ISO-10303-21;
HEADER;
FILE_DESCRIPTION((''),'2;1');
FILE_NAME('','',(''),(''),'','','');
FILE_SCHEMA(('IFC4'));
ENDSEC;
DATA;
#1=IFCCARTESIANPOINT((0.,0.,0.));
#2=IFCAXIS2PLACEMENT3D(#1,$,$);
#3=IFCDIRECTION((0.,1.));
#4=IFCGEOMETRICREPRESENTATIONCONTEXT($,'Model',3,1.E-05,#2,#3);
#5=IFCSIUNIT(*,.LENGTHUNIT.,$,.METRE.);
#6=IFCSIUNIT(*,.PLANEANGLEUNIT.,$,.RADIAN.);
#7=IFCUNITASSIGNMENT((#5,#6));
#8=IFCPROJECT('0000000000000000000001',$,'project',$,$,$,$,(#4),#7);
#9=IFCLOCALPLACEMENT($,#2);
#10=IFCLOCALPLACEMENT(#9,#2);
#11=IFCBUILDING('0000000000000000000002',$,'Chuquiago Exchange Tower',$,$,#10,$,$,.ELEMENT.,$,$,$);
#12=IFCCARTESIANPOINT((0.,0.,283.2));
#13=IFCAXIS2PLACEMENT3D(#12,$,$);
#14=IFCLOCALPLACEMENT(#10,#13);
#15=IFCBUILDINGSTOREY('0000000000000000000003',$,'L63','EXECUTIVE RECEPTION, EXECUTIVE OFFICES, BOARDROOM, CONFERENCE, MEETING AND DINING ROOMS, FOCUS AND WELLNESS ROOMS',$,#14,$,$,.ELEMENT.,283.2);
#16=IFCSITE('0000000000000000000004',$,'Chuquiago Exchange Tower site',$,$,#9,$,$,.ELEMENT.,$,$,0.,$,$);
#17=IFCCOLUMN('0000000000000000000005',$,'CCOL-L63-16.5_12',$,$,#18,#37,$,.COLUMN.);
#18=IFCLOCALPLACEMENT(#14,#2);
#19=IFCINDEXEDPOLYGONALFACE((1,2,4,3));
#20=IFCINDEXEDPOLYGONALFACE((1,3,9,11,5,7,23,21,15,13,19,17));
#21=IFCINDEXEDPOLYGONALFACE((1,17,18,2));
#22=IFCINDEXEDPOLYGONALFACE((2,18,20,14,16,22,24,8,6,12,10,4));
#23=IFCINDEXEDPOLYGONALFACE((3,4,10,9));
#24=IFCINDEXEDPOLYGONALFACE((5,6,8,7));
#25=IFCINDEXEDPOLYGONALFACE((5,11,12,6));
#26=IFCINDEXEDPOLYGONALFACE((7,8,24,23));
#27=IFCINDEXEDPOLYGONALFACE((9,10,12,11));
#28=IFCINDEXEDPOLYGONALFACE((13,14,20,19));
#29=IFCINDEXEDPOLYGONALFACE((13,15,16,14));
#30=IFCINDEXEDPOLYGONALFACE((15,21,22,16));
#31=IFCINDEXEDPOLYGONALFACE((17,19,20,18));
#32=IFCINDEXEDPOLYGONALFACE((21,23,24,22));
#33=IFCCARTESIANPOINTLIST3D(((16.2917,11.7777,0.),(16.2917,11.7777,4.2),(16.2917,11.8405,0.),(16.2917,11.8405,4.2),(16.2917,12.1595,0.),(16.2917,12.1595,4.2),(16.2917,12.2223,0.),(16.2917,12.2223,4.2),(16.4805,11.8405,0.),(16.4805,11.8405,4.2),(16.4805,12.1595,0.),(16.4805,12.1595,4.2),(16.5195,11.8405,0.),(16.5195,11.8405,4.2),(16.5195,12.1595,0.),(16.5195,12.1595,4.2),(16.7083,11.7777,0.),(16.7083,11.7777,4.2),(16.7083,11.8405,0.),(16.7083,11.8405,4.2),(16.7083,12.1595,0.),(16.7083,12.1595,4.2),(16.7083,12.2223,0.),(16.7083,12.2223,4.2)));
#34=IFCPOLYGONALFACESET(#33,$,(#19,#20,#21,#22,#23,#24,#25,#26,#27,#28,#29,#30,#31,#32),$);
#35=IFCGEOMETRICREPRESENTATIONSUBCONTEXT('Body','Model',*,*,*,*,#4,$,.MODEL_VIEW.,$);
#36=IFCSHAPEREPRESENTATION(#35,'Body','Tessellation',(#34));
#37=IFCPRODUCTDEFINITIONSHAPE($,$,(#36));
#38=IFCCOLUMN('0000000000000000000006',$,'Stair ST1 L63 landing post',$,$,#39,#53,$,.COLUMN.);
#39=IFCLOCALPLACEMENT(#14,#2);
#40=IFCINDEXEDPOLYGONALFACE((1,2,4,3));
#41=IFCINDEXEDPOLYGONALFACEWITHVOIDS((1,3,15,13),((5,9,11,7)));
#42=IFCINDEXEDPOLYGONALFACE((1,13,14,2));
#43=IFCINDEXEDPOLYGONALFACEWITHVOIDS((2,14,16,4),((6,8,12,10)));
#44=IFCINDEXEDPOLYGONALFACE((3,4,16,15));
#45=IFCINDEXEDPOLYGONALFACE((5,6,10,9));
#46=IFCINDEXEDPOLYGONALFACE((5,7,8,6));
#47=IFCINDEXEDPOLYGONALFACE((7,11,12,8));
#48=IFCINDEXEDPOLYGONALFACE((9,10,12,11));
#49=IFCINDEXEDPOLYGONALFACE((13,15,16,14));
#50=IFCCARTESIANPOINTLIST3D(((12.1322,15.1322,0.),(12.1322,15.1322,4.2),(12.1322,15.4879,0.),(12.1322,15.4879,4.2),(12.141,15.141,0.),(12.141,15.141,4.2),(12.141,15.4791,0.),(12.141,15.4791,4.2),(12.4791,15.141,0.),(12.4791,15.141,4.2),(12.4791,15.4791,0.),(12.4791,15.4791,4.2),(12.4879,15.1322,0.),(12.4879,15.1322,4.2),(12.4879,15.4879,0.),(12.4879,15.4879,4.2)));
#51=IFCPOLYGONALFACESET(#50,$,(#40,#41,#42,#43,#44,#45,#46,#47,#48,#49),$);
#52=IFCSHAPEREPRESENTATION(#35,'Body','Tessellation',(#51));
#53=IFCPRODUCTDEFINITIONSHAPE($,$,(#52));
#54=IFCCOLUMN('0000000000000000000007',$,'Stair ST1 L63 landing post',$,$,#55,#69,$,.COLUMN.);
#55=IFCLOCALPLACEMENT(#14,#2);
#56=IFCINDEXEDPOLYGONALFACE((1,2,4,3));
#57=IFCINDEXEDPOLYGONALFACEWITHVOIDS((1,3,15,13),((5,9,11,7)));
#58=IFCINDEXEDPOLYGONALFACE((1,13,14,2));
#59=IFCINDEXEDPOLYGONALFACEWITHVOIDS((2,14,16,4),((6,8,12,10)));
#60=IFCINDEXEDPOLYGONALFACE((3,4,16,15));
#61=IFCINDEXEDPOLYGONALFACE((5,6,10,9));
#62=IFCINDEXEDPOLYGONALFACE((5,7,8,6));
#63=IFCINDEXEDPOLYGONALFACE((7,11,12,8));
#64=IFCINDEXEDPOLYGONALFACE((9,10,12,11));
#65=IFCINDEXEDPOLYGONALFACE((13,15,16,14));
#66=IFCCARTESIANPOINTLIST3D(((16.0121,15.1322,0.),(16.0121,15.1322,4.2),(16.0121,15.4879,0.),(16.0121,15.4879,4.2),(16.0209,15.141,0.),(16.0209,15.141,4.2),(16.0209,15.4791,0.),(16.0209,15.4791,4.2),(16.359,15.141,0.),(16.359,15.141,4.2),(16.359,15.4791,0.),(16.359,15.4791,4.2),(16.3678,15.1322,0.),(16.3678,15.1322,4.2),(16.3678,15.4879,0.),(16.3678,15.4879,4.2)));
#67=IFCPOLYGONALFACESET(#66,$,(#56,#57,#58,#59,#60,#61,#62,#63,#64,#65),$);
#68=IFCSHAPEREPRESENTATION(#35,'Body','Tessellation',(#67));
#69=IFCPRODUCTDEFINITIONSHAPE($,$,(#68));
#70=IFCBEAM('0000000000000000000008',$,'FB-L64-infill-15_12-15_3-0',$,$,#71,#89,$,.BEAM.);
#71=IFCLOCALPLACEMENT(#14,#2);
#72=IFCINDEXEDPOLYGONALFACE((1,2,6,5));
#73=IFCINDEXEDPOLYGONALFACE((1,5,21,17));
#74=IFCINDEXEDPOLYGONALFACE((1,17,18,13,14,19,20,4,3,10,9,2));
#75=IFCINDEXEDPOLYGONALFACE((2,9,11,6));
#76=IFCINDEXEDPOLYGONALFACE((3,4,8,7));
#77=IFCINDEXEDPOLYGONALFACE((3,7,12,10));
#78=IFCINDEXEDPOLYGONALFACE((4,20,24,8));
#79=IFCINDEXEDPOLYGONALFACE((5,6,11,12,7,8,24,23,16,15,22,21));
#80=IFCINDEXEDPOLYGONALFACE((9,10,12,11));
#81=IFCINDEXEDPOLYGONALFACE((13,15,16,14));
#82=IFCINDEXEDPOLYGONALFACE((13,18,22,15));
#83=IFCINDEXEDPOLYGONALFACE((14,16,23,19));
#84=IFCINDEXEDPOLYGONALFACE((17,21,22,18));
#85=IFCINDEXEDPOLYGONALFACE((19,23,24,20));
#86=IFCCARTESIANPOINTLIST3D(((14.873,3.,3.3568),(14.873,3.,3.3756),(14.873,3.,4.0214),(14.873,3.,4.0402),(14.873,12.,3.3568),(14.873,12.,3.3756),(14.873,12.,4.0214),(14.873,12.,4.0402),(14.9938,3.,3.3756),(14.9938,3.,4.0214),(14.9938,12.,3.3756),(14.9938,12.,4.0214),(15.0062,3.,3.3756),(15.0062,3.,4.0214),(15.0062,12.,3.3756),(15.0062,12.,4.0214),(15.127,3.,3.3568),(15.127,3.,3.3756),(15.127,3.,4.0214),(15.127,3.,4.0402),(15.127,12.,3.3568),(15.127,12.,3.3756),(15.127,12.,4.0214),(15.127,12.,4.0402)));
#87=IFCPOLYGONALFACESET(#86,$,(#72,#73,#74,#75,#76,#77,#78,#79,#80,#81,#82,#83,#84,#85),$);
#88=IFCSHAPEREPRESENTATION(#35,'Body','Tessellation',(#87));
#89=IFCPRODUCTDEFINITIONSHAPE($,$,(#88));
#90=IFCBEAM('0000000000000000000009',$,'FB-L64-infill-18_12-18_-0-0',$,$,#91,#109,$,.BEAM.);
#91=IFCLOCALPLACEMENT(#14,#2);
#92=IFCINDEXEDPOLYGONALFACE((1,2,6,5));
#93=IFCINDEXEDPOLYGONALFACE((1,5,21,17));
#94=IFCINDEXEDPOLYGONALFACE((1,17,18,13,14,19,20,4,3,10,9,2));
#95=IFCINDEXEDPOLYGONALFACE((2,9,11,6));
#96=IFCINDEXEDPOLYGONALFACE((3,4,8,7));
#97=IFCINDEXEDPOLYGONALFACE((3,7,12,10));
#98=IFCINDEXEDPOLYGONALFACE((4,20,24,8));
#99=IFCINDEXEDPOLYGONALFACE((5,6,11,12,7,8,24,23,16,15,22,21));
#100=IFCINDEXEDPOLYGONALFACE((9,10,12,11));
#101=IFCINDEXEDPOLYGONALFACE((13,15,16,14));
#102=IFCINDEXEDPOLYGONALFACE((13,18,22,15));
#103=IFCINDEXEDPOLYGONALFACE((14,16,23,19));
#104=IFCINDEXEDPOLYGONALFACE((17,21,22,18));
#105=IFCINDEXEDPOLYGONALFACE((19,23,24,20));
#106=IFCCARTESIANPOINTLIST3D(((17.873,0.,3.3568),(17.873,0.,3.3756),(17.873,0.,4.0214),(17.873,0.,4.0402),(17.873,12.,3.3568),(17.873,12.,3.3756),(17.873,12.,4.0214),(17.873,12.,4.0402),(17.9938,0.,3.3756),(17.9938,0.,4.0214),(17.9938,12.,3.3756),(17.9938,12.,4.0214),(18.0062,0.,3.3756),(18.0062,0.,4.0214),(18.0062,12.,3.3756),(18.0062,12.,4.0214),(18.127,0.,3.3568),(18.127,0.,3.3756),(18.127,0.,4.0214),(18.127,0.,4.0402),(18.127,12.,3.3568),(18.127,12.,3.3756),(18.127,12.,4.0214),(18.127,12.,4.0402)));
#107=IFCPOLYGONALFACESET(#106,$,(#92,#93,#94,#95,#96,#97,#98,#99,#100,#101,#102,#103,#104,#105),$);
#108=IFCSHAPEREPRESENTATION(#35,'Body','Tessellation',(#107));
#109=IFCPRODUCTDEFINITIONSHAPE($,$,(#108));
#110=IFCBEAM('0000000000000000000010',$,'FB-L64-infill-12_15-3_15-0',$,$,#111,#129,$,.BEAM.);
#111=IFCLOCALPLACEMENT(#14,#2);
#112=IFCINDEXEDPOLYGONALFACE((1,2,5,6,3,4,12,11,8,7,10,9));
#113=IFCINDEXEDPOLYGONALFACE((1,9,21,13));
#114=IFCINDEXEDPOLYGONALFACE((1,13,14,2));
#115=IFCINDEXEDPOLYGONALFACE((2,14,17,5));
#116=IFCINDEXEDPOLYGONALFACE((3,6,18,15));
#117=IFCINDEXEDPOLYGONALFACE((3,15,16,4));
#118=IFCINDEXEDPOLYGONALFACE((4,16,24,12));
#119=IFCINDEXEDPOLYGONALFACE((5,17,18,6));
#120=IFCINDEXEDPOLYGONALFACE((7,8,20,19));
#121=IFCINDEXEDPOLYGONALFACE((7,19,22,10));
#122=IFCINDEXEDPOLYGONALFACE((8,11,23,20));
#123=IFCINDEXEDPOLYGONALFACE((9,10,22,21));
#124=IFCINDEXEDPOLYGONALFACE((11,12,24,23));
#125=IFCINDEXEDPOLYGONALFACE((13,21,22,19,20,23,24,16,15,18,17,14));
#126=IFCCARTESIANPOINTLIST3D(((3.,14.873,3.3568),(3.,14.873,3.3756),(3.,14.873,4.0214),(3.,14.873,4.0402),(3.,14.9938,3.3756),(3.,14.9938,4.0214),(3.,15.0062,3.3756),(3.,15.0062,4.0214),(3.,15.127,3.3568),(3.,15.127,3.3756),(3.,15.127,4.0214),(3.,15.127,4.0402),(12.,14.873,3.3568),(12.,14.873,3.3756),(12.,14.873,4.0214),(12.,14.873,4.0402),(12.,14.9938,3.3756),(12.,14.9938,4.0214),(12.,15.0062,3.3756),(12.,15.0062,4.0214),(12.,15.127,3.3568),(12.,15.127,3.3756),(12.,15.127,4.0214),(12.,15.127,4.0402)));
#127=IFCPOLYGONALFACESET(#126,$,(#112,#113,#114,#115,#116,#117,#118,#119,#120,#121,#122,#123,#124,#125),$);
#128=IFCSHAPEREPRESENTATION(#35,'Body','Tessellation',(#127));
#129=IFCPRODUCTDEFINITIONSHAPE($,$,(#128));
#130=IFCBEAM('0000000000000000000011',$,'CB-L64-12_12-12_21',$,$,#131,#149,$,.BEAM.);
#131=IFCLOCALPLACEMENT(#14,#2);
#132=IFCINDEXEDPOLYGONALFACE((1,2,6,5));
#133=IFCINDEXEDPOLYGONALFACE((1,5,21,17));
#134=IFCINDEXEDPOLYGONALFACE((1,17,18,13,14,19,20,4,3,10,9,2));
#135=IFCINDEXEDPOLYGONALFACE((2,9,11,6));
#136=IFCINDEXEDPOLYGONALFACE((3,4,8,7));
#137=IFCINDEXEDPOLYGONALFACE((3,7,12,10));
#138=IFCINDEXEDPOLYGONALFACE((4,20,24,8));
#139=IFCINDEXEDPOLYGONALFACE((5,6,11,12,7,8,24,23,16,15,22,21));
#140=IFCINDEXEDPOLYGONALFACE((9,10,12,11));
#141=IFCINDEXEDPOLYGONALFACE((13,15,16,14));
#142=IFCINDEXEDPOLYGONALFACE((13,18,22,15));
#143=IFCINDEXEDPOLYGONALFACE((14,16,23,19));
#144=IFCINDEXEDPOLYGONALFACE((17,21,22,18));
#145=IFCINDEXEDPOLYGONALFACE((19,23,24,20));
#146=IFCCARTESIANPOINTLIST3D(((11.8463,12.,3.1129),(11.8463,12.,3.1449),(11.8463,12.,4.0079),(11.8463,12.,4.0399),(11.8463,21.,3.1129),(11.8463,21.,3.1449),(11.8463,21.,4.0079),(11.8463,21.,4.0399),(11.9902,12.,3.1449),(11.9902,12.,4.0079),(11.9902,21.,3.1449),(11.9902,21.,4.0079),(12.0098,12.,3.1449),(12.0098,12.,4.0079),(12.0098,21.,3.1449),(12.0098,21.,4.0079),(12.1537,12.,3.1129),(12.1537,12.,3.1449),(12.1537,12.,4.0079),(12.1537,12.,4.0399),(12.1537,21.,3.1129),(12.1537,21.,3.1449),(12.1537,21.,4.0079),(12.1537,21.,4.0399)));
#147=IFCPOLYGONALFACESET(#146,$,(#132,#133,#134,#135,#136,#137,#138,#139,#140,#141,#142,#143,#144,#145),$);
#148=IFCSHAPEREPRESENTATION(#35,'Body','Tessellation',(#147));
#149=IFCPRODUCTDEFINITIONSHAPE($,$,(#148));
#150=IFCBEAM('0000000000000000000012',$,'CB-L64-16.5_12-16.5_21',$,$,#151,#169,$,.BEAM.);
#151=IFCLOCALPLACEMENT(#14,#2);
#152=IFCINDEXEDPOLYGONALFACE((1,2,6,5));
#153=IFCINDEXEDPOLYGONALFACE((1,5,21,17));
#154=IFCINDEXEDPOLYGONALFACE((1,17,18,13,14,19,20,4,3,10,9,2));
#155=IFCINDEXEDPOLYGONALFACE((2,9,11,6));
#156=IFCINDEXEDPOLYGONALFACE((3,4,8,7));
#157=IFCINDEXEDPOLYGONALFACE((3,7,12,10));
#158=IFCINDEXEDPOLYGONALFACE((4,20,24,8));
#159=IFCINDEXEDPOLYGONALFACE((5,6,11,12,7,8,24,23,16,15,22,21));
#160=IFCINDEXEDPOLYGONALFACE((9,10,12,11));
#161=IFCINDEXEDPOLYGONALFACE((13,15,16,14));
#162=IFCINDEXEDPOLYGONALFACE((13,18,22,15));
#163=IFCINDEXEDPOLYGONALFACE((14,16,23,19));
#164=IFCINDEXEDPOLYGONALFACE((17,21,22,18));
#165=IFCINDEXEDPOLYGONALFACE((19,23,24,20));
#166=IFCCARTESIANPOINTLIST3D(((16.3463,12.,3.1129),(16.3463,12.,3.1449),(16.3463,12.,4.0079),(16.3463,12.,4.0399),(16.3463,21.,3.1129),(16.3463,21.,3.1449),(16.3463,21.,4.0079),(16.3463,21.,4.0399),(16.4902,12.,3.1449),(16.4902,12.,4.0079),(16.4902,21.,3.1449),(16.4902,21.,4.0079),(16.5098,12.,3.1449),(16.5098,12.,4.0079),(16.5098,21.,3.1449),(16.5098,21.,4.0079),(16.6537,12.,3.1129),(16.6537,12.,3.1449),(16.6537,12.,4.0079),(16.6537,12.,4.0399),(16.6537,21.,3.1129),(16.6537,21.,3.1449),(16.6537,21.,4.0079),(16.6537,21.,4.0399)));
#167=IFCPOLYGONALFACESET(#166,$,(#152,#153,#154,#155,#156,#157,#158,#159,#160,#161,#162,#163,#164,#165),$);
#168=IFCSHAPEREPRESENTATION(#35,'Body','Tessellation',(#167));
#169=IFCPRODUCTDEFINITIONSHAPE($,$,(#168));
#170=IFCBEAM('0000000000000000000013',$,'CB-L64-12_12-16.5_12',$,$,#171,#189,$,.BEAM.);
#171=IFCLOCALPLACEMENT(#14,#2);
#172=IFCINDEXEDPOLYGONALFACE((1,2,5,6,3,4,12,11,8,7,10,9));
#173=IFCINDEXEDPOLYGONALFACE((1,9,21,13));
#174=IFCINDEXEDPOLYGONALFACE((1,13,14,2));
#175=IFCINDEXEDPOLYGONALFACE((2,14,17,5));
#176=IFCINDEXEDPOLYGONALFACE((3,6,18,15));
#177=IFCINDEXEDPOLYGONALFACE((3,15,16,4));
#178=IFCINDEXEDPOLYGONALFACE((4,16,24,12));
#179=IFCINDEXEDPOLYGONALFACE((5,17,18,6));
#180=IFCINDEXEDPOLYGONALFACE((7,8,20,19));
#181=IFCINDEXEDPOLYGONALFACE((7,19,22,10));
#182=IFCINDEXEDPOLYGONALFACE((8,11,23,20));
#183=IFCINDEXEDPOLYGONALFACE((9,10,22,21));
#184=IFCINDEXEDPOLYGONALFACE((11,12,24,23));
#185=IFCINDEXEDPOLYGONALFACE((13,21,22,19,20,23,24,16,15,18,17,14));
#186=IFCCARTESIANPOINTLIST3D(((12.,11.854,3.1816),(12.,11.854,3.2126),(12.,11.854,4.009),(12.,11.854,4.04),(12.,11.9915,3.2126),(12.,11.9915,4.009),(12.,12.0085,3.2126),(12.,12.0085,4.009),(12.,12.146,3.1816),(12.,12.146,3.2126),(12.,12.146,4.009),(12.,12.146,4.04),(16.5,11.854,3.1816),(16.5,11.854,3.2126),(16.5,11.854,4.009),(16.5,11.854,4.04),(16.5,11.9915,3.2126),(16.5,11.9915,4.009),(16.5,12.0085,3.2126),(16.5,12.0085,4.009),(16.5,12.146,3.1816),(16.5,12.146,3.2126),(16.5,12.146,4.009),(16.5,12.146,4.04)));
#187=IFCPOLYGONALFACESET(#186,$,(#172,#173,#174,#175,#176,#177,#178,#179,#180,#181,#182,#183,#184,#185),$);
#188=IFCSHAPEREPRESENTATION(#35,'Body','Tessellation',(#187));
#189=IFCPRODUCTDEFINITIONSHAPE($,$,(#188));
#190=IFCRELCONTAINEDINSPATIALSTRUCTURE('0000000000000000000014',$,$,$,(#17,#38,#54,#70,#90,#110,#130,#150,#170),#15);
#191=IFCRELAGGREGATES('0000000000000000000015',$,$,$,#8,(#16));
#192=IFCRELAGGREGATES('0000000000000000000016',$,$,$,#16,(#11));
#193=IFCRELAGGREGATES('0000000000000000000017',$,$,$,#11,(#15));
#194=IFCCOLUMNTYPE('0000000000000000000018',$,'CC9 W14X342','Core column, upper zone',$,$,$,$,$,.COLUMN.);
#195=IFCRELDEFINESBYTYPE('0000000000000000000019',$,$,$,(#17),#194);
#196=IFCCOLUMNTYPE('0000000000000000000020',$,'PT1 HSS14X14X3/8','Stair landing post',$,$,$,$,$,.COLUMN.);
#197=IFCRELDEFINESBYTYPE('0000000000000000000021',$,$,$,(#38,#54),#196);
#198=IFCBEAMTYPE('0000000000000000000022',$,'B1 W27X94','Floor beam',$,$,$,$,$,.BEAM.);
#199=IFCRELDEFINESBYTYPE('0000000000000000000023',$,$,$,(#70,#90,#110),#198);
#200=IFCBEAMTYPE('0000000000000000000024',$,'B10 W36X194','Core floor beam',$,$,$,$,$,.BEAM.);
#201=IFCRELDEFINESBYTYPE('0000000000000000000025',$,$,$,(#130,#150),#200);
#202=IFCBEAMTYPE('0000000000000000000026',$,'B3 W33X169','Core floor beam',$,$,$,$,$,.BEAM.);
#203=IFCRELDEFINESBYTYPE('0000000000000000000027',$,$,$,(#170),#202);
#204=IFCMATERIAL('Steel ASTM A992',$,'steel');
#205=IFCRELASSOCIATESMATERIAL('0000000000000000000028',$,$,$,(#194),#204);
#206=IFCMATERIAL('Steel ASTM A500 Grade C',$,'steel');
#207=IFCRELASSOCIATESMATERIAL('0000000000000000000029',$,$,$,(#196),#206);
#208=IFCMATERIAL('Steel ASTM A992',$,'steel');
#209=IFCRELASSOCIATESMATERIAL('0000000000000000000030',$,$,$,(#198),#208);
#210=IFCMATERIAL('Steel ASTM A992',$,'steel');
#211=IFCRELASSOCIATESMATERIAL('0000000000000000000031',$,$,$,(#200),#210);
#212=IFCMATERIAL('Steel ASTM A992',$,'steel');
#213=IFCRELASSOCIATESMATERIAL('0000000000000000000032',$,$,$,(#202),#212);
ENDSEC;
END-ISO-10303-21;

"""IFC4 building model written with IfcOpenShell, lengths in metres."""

from ifc_helpers import new_model, si_unit, direction, frame, origin, origin_2d, place, context, subcontext, project, spatial, hollow_rectangle, i_section, extrude, material, material_profile, profile_set, type_object, element, save


model = new_model("IFC4")

# Units and contexts
model_context = context("Model", 3, precision=1e-05, world=origin(), true_north=direction((0.0, 1.0)))
body_context = subcontext(model_context, "Body", "Model", "MODEL_VIEW")
ifc_project = project(units=[si_unit("LENGTHUNIT", "METRE"), si_unit("PLANEANGLEUNIT", "RADIAN")], contexts=[model_context])

# Site, building, storey
site_placement = place(None, origin())
site = spatial("IfcSite", under=ifc_project, at=site_placement, Name="Chuquiago Exchange Tower site", CompositionType="ELEMENT", RefElevation=0.0)
building_placement = place(site_placement, origin())
building = spatial("IfcBuilding", under=site, at=building_placement, Name="Chuquiago Exchange Tower", CompositionType="ELEMENT")
storey_placement = place(building_placement, frame((0.0, 0.0, 283.2)))
storey = spatial("IfcBuildingStorey", under=building, at=storey_placement, Name="L63", Description="EXECUTIVE RECEPTION, EXECUTIVE OFFICES, BOARDROOM, CONFERENCE, MEETING AND DINING ROOMS, FOCUS AND WELLNESS ROOMS", CompositionType="ELEMENT", Elevation=283.2)

# Columns
ifc_material_1 = material(Name="Steel ASTM A992", Category="steel")
ifc_material_profile_1 = material_profile(ifc_material_1, i_section(OverallWidth=0.4165, OverallDepth=0.4446, WebThickness=0.0391, FlangeThickness=0.0627, at=origin_2d()), Name="W14X342")
ifc_profile_set_1 = profile_set([ifc_material_profile_1], Name="Steel ASTM A992")
column_type_1 = type_object("IfcColumnType", Name="CC9 W14X342", Description="Core column, upper zone", PredefinedType="COLUMN", material=ifc_profile_set_1)
column_placement = place(storey_placement, frame((16.5, 12.0, 0.0), z_axis=(0.0, 0.0, 1.0), x_axis=(1.0, 0.0, 0.0)))
element("IfcColumn", 1, at=column_placement, inside=storey, type_object=column_type_1, Name="CCOL-L63-16.5_12", PredefinedType="COLUMN", context=body_context, shape_type="SweptSolid", body=[
    extrude(i_section(OverallWidth=0.4165, OverallDepth=0.4446, WebThickness=0.0391, FlangeThickness=0.0627, at=origin_2d()), origin(), (0.0, 0.0, 1.0), 4.2),
])
ifc_material_2 = material(Name="Steel ASTM A500 Grade C", Category="steel")
ifc_material_profile_2 = material_profile(ifc_material_2, hollow_rectangle(XDim=0.3557, YDim=0.3557, WallThickness=0.0088, at=origin_2d()), Name="HSS14X14X3/8")
ifc_profile_set_2 = profile_set([ifc_material_profile_2], Name="Steel ASTM A500 Grade C")
column_type_2 = type_object("IfcColumnType", Name="PT1 HSS14X14X3/8", Description="Stair landing post", PredefinedType="COLUMN", material=ifc_profile_set_2)
for number, where, z_axis, x_axis, name in (
    (2, (12.3101, 15.3101, 0.0), (0.0, 0.0, 1.0), (1.0, 0.0, 0.0), "Stair ST1 L63 landing post"),
    (3, (16.1899, 15.3101, 0.0), (0.0, 0.0, 1.0), (1.0, 0.0, 0.0), "Stair ST1 L63 landing post"),
):
    element("IfcColumn", number, at=place(storey_placement, frame(where, z_axis=z_axis, x_axis=x_axis)), inside=storey, type_object=column_type_2, Name=name, PredefinedType="COLUMN", context=body_context, shape_type="SweptSolid", body=[
        extrude(hollow_rectangle(XDim=0.3557, YDim=0.3557, WallThickness=0.0088, at=origin_2d()), origin(), (0.0, 0.0, 1.0), 4.2),
    ])

# Beams
ifc_material_3 = material(Name="Steel ASTM A992", Category="steel")
ifc_material_profile_3 = material_profile(ifc_material_3, i_section(OverallWidth=0.2539, OverallDepth=0.6833, WebThickness=0.0125, FlangeThickness=0.0188, at=origin_2d()), Name="W27X94")
ifc_profile_set_3 = profile_set([ifc_material_profile_3], Name="Steel ASTM A992")
beam_type_1 = type_object("IfcBeamType", Name="B1 W27X94", Description="Floor beam", PredefinedType="BEAM", material=ifc_profile_set_3)
beam_1_placement = place(storey_placement, frame((15.0, 12.0, 3.6985), z_axis=(0.0, -1.0, 0.0), x_axis=(1.0, 0.0, 0.0)))
element("IfcBeam", 4, at=beam_1_placement, inside=storey, type_object=beam_type_1, Name="FB-L64-infill-15_12-15_3-0", PredefinedType="BEAM", context=body_context, shape_type="SweptSolid", body=[
    extrude(i_section(OverallWidth=0.2539, OverallDepth=0.6833, WebThickness=0.0125, FlangeThickness=0.0188, at=origin_2d()), origin(), (0.0, 0.0, 1.0), 9.0),
])
beam_2_placement = place(storey_placement, frame((18.0, 12.0, 3.6985), z_axis=(0.0, -1.0, 0.0), x_axis=(1.0, 0.0, 0.0)))
element("IfcBeam", 5, at=beam_2_placement, inside=storey, type_object=beam_type_1, Name="FB-L64-infill-18_12-18_-0-0", PredefinedType="BEAM", context=body_context, shape_type="SweptSolid", body=[
    extrude(i_section(OverallWidth=0.2539, OverallDepth=0.6833, WebThickness=0.0125, FlangeThickness=0.0188, at=origin_2d()), origin(), (0.0, 0.0, 1.0), 12.0),
])
beam_3_placement = place(storey_placement, frame((12.0, 15.0, 3.6985), z_axis=(-1.0, 0.0, 0.0), x_axis=(0.0, -1.0, 0.0)))
element("IfcBeam", 6, at=beam_3_placement, inside=storey, type_object=beam_type_1, Name="FB-L64-infill-12_15-3_15-0", PredefinedType="BEAM", context=body_context, shape_type="SweptSolid", body=[
    extrude(i_section(OverallWidth=0.2539, OverallDepth=0.6833, WebThickness=0.0125, FlangeThickness=0.0188, at=origin_2d()), origin(), (0.0, 0.0, 1.0), 9.0),
])
ifc_material_4 = material(Name="Steel ASTM A992", Category="steel")
ifc_material_profile_4 = material_profile(ifc_material_4, i_section(OverallWidth=0.3074, OverallDepth=0.927, WebThickness=0.0195, FlangeThickness=0.032, at=origin_2d()), Name="W36X194")
ifc_profile_set_4 = profile_set([ifc_material_profile_4], Name="Steel ASTM A992")
beam_type_2 = type_object("IfcBeamType", Name="B10 W36X194", Description="Core floor beam", PredefinedType="BEAM", material=ifc_profile_set_4)
for number, where, z_axis, x_axis, name in (
    (7, (12.0, 12.0, 3.5764), (0.0, 1.0, 0.0), (-1.0, 0.0, 0.0), "CB-L64-12_12-12_21"),
    (8, (16.5, 12.0, 3.5764), (0.0, 1.0, 0.0), (-1.0, 0.0, 0.0), "CB-L64-16.5_12-16.5_21"),
):
    element("IfcBeam", number, at=place(storey_placement, frame(where, z_axis=z_axis, x_axis=x_axis)), inside=storey, type_object=beam_type_2, Name=name, PredefinedType="BEAM", context=body_context, shape_type="SweptSolid", body=[
        extrude(i_section(OverallWidth=0.3074, OverallDepth=0.927, WebThickness=0.0195, FlangeThickness=0.032, at=origin_2d()), origin(), (0.0, 0.0, 1.0), 9.0),
    ])
ifc_material_5 = material(Name="Steel ASTM A992", Category="steel")
ifc_material_profile_5 = material_profile(ifc_material_5, i_section(OverallWidth=0.292, OverallDepth=0.8584, WebThickness=0.0171, FlangeThickness=0.031, at=origin_2d()), Name="W33X169")
ifc_profile_set_5 = profile_set([ifc_material_profile_5], Name="Steel ASTM A992")
beam_type_3 = type_object("IfcBeamType", Name="B3 W33X169", Description="Core floor beam", PredefinedType="BEAM", material=ifc_profile_set_5)
beam_4_placement = place(storey_placement, frame((12.0, 12.0, 3.6108), z_axis=(1.0, 0.0, 0.0), x_axis=(0.0, 1.0, 0.0)))
element("IfcBeam", 9, at=beam_4_placement, inside=storey, type_object=beam_type_3, Name="CB-L64-12_12-16.5_12", PredefinedType="BEAM", context=body_context, shape_type="SweptSolid", body=[
    extrude(i_section(OverallWidth=0.292, OverallDepth=0.8584, WebThickness=0.0171, FlangeThickness=0.031, at=origin_2d()), origin(), (0.0, 0.0, 1.0), 4.5),
])

save(model, "model.ifc")
